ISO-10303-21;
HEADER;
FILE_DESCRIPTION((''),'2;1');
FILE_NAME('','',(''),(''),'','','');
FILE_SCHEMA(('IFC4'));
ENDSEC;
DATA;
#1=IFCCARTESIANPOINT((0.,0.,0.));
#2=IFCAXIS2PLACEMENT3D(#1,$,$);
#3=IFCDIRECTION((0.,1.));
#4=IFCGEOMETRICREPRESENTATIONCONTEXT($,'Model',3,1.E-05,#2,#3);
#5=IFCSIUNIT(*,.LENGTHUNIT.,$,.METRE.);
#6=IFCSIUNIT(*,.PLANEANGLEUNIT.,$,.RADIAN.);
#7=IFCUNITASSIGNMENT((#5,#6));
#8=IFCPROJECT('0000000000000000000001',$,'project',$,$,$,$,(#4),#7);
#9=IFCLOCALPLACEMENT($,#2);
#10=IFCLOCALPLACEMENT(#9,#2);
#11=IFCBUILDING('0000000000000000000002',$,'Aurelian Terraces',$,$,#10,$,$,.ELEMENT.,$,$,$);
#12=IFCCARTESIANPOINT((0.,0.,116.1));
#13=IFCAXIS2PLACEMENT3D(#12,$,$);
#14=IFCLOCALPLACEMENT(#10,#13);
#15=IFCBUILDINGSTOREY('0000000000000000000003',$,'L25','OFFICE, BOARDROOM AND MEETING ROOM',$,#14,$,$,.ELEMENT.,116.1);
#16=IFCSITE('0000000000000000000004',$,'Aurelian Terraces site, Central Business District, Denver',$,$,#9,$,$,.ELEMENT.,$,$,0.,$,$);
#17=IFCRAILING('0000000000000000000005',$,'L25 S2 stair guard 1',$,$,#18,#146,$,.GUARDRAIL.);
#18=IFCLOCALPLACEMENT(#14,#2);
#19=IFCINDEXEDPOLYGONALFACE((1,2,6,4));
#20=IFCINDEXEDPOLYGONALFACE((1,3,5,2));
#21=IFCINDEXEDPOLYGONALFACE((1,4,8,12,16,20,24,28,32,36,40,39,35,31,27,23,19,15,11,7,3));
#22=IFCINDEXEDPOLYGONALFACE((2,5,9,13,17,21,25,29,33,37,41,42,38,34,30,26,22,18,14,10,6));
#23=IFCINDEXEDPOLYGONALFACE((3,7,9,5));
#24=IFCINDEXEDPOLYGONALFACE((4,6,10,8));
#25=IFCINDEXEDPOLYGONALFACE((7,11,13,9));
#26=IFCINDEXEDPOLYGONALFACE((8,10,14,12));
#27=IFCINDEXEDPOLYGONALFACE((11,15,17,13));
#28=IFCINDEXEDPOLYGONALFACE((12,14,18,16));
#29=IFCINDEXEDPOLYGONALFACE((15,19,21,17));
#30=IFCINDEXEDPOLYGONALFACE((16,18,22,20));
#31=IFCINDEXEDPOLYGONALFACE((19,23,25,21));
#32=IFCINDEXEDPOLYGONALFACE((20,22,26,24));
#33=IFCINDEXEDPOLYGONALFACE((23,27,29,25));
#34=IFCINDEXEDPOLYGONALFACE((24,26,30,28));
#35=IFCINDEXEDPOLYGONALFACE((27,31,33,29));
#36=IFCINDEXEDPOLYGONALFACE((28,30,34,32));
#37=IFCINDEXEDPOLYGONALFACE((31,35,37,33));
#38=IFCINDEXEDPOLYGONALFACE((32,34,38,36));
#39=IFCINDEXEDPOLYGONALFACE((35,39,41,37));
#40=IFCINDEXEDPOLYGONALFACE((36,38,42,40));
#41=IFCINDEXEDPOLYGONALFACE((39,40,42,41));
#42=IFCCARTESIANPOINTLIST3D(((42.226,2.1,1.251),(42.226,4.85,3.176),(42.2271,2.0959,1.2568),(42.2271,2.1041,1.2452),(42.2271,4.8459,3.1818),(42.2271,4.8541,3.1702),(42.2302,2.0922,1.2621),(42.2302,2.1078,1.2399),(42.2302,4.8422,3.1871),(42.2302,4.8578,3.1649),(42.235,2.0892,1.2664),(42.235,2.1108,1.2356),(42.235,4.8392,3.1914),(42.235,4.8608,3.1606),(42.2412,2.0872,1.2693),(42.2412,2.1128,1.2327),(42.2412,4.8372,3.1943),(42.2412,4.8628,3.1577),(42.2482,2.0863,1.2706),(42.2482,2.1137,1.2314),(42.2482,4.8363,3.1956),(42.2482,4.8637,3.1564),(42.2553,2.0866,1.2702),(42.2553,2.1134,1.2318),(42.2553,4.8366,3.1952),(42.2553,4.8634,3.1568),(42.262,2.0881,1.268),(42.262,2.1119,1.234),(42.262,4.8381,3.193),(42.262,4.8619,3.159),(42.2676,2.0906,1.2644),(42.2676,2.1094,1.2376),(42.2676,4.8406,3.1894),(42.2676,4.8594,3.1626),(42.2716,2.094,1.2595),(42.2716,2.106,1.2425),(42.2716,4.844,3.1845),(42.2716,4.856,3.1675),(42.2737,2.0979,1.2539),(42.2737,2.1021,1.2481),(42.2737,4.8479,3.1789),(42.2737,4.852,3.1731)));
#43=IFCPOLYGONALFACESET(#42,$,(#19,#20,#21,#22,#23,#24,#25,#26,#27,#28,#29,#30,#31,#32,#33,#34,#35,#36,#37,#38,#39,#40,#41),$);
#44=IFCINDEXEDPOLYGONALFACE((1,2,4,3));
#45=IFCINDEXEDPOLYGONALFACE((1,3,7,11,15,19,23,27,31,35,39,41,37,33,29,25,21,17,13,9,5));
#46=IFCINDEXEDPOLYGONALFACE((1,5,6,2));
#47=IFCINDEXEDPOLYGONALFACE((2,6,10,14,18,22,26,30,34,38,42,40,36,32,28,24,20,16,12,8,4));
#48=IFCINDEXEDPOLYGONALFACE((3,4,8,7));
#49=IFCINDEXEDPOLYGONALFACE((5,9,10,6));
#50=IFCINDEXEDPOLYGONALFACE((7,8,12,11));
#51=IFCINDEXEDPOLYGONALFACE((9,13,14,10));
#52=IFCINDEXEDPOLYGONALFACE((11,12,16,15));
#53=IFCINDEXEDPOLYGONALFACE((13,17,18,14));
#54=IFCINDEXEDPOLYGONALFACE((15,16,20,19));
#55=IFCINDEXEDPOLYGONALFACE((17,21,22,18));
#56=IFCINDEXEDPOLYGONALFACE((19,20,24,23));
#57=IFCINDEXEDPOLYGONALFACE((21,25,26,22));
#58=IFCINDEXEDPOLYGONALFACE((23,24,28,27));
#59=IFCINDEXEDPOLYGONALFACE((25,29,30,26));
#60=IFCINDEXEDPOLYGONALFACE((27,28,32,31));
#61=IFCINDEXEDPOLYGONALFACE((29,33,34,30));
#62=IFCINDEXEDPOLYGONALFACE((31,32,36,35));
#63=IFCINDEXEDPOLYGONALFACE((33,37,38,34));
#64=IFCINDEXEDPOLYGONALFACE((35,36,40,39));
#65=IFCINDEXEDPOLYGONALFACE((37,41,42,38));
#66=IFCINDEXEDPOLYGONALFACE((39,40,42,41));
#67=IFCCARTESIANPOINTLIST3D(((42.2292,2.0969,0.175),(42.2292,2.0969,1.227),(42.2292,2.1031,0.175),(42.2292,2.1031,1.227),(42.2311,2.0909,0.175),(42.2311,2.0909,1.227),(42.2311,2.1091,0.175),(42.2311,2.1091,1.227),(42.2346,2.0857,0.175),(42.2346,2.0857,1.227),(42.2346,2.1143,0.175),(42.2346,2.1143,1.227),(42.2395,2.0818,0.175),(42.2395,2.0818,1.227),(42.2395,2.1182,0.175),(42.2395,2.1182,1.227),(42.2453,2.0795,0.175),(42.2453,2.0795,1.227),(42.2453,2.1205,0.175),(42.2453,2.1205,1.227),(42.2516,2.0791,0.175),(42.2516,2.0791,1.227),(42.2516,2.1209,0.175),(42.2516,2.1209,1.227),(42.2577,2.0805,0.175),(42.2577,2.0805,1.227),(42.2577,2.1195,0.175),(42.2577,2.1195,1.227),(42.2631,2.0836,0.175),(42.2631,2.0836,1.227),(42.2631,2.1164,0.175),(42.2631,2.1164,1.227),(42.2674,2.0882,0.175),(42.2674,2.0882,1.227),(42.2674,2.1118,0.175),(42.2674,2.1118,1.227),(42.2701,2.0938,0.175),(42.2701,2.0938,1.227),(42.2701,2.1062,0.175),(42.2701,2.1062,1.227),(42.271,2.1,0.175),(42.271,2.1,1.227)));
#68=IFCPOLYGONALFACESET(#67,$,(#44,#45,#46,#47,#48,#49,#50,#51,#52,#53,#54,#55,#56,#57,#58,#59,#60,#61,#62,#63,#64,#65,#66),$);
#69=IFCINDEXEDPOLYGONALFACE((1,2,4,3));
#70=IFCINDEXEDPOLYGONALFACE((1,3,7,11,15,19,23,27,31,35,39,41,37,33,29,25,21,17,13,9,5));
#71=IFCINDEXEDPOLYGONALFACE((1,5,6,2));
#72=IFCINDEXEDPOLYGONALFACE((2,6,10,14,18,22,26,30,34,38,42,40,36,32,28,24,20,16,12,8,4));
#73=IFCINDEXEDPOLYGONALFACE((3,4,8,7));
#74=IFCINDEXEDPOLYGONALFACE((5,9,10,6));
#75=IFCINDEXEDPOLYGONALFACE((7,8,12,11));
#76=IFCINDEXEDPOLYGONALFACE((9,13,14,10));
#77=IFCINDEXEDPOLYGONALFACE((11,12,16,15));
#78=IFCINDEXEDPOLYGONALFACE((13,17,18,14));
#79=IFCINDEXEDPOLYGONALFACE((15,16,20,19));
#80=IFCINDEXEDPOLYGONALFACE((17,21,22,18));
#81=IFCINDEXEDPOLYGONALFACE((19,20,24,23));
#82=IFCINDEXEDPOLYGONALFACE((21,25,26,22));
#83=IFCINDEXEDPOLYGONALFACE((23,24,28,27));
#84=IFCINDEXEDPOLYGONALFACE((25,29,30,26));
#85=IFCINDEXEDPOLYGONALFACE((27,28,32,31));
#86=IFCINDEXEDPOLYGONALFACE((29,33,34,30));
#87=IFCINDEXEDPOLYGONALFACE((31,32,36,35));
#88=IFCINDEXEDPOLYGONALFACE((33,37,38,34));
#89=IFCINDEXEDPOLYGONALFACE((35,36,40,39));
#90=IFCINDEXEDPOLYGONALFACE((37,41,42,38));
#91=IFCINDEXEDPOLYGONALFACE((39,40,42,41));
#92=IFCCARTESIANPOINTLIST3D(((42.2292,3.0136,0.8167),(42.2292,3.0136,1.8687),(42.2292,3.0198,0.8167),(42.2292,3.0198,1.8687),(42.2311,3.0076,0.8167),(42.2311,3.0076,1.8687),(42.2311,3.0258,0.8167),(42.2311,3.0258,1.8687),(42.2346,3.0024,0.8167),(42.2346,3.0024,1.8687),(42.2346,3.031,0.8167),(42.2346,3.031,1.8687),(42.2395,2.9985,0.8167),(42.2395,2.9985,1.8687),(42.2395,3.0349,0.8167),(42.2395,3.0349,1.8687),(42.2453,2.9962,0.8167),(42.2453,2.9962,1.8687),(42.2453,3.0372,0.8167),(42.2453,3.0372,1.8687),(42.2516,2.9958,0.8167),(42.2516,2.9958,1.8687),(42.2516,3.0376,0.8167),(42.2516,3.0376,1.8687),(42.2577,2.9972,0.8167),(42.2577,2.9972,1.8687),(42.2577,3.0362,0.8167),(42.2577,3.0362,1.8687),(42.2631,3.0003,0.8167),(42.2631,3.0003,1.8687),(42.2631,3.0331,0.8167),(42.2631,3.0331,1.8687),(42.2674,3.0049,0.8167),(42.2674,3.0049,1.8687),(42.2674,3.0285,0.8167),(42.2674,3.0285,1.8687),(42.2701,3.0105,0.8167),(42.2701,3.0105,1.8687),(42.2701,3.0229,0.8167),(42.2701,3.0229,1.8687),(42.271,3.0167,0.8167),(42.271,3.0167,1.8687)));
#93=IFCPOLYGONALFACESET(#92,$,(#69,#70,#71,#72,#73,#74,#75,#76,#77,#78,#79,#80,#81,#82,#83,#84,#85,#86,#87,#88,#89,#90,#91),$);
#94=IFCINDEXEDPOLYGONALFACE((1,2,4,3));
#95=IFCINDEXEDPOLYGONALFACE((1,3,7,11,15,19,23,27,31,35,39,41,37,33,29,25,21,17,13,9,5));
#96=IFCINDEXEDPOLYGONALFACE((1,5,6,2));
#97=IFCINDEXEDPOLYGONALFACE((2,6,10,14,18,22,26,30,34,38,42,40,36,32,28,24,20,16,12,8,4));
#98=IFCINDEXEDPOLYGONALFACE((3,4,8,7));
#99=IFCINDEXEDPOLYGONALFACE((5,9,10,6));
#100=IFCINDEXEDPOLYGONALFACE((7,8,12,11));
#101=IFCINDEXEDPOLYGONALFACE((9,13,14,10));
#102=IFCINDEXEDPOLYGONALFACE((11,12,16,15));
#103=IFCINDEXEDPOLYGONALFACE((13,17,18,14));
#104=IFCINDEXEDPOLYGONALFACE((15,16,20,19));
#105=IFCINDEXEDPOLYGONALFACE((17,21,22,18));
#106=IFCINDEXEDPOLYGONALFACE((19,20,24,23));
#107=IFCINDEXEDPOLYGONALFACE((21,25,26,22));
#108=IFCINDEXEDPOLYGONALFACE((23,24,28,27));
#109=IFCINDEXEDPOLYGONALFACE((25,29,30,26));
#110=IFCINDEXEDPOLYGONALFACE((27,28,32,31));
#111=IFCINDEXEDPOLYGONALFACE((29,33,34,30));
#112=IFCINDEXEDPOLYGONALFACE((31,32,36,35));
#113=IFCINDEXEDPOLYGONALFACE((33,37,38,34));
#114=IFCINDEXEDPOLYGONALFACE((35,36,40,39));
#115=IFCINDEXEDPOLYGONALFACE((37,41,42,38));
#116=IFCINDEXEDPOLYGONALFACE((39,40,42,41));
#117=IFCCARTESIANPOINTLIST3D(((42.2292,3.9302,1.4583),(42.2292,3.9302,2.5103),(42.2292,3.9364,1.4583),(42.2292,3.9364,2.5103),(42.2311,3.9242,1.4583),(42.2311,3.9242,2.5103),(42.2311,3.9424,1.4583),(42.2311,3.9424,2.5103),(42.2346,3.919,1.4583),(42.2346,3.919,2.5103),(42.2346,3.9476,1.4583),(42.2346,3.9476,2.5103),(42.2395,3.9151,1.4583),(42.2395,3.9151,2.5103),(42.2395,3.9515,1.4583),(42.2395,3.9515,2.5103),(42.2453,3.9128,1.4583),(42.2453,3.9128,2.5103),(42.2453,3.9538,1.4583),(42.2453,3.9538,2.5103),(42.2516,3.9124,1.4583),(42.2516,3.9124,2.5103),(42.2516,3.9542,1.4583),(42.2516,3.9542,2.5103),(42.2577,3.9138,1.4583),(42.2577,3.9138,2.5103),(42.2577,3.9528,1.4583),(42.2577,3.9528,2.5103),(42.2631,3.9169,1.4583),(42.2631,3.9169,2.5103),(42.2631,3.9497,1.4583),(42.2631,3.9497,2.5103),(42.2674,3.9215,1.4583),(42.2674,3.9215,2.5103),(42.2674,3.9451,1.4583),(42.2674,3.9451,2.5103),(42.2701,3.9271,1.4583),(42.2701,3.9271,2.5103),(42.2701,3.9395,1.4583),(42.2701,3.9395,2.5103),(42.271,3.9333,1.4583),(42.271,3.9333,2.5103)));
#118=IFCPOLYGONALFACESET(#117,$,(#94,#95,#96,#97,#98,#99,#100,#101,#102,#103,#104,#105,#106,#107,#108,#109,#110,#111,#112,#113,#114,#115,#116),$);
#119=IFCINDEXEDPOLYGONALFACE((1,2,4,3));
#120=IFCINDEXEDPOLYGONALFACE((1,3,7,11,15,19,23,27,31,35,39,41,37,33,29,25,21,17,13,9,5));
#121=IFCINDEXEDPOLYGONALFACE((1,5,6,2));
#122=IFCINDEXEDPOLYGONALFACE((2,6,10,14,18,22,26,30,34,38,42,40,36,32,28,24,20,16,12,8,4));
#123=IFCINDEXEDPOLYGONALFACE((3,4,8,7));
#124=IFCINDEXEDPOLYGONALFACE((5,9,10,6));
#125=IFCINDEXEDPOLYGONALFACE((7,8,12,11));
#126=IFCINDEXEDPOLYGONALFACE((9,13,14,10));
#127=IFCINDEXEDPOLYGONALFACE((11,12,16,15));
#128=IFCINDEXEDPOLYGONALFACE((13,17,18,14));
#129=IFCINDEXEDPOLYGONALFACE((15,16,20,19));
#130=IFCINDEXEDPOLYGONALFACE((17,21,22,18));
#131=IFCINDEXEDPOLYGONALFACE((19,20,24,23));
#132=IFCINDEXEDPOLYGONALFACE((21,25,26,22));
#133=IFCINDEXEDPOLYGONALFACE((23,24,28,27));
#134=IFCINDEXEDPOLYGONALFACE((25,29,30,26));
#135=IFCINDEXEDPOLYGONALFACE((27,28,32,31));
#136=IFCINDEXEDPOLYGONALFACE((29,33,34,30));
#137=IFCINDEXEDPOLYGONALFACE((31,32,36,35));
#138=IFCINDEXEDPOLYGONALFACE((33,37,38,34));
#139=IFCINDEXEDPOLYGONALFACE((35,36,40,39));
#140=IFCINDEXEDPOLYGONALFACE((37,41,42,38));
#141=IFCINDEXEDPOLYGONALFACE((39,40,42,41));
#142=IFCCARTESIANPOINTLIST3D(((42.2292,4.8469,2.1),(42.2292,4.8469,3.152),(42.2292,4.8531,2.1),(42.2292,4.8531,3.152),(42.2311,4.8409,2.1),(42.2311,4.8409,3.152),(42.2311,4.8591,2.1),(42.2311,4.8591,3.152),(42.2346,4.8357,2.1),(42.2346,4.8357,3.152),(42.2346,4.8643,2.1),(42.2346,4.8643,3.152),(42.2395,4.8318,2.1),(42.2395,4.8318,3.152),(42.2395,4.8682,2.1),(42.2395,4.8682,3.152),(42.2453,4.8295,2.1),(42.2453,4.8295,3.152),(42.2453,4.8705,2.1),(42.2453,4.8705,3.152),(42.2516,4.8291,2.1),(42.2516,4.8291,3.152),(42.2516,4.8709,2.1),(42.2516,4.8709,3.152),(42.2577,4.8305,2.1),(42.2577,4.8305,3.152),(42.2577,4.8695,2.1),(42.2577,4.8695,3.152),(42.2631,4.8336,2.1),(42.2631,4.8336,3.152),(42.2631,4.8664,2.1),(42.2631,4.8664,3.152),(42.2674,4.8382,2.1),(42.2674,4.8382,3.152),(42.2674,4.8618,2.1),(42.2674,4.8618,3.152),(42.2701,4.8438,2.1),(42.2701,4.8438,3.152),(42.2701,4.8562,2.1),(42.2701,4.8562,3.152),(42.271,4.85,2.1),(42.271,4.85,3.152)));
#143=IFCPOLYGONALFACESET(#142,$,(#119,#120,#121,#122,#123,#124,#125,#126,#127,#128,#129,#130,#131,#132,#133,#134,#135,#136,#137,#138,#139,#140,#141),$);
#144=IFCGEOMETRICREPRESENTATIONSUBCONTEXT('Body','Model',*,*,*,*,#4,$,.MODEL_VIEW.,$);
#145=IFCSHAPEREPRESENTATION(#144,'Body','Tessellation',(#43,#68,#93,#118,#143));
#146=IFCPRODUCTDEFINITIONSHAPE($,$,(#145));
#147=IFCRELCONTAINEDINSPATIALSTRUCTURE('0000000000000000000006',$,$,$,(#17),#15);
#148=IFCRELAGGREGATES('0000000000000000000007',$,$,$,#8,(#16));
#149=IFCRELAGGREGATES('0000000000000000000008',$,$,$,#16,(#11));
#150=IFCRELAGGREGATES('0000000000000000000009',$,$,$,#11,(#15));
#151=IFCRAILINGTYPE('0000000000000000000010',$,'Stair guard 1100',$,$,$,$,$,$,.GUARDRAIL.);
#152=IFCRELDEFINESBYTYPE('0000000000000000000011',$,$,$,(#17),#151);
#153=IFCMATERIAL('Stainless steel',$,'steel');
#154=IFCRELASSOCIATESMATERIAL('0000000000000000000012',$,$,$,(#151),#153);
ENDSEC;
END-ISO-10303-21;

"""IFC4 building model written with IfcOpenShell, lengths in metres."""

from ifc_helpers import new_model, si_unit, direction, frame, origin, origin_2d, place, context, subcontext, project, spatial, circle, extrude, source, transform, mapped, material, type_object, element, save


model = new_model("IFC4")

# Units and contexts
model_context = context("Model", 3, precision=1e-05, world=origin(), true_north=direction((0.0, 1.0)))
body_context = subcontext(model_context, "Body", "Model", "MODEL_VIEW")
ifc_project = project(units=[si_unit("LENGTHUNIT", "METRE"), si_unit("PLANEANGLEUNIT", "RADIAN")], contexts=[model_context])

# Site, building, storey
site_placement = place(None, origin())
site = spatial("IfcSite", under=ifc_project, at=site_placement, Name="Aurelian Terraces site, Central Business District, Denver", CompositionType="ELEMENT", RefElevation=0.0)
building_placement = place(site_placement, origin())
building = spatial("IfcBuilding", under=site, at=building_placement, Name="Aurelian Terraces", CompositionType="ELEMENT")
storey_placement = place(building_placement, frame((0.0, 0.0, 116.1)))
storey = spatial("IfcBuildingStorey", under=building, at=storey_placement, Name="L25", Description="OFFICE, BOARDROOM AND MEETING ROOM", CompositionType="ELEMENT", Elevation=116.1)

# Railing
ifc_material_1 = material(Name="Stainless steel", Category="steel")
railing_type_1 = type_object("IfcRailingType", Name="Stair guard 1100", PredefinedType="GUARDRAIL", material=ifc_material_1)
shared_shape_1 = source(origin(), body_context, "Body", "SweptSolid", [
    extrude(circle(Radius=0.024, at=origin_2d()), frame((0.0, 0.0, 1.076), z_axis=(0.0, 0.819232, 0.573462), x_axis=(-1.0, 0.0, 0.0)), (0.0, 0.0, 1.0), 3.3568),
    extrude(circle(Radius=0.021, at=origin_2d()), origin(), (0.0, 0.0, 1.0), 1.052),
    extrude(circle(Radius=0.021, at=origin_2d()), frame((0.0, 0.9167, 0.6417)), (0.0, 0.0, 1.0), 1.052),
    extrude(circle(Radius=0.021, at=origin_2d()), frame((0.0, 1.8333, 1.2833)), (0.0, 0.0, 1.0), 1.052),
    extrude(circle(Radius=0.021, at=origin_2d()), frame((0.0, 2.75, 1.925)), (0.0, 0.0, 1.0), 1.052),
])
railing_1_placement = place(storey_placement, frame((42.25, 2.1, 0.175)))
element("IfcRailing", 1, at=railing_1_placement, inside=storey, type_object=railing_type_1, Name="L25 S2 stair guard 1", PredefinedType="GUARDRAIL", context=body_context, shape_type="MappedRepresentation", body=[
    mapped(shared_shape_1, transform((0.0, 0.0, 0.0), scale=1.0)),
])

save(model, "model.ifc")
